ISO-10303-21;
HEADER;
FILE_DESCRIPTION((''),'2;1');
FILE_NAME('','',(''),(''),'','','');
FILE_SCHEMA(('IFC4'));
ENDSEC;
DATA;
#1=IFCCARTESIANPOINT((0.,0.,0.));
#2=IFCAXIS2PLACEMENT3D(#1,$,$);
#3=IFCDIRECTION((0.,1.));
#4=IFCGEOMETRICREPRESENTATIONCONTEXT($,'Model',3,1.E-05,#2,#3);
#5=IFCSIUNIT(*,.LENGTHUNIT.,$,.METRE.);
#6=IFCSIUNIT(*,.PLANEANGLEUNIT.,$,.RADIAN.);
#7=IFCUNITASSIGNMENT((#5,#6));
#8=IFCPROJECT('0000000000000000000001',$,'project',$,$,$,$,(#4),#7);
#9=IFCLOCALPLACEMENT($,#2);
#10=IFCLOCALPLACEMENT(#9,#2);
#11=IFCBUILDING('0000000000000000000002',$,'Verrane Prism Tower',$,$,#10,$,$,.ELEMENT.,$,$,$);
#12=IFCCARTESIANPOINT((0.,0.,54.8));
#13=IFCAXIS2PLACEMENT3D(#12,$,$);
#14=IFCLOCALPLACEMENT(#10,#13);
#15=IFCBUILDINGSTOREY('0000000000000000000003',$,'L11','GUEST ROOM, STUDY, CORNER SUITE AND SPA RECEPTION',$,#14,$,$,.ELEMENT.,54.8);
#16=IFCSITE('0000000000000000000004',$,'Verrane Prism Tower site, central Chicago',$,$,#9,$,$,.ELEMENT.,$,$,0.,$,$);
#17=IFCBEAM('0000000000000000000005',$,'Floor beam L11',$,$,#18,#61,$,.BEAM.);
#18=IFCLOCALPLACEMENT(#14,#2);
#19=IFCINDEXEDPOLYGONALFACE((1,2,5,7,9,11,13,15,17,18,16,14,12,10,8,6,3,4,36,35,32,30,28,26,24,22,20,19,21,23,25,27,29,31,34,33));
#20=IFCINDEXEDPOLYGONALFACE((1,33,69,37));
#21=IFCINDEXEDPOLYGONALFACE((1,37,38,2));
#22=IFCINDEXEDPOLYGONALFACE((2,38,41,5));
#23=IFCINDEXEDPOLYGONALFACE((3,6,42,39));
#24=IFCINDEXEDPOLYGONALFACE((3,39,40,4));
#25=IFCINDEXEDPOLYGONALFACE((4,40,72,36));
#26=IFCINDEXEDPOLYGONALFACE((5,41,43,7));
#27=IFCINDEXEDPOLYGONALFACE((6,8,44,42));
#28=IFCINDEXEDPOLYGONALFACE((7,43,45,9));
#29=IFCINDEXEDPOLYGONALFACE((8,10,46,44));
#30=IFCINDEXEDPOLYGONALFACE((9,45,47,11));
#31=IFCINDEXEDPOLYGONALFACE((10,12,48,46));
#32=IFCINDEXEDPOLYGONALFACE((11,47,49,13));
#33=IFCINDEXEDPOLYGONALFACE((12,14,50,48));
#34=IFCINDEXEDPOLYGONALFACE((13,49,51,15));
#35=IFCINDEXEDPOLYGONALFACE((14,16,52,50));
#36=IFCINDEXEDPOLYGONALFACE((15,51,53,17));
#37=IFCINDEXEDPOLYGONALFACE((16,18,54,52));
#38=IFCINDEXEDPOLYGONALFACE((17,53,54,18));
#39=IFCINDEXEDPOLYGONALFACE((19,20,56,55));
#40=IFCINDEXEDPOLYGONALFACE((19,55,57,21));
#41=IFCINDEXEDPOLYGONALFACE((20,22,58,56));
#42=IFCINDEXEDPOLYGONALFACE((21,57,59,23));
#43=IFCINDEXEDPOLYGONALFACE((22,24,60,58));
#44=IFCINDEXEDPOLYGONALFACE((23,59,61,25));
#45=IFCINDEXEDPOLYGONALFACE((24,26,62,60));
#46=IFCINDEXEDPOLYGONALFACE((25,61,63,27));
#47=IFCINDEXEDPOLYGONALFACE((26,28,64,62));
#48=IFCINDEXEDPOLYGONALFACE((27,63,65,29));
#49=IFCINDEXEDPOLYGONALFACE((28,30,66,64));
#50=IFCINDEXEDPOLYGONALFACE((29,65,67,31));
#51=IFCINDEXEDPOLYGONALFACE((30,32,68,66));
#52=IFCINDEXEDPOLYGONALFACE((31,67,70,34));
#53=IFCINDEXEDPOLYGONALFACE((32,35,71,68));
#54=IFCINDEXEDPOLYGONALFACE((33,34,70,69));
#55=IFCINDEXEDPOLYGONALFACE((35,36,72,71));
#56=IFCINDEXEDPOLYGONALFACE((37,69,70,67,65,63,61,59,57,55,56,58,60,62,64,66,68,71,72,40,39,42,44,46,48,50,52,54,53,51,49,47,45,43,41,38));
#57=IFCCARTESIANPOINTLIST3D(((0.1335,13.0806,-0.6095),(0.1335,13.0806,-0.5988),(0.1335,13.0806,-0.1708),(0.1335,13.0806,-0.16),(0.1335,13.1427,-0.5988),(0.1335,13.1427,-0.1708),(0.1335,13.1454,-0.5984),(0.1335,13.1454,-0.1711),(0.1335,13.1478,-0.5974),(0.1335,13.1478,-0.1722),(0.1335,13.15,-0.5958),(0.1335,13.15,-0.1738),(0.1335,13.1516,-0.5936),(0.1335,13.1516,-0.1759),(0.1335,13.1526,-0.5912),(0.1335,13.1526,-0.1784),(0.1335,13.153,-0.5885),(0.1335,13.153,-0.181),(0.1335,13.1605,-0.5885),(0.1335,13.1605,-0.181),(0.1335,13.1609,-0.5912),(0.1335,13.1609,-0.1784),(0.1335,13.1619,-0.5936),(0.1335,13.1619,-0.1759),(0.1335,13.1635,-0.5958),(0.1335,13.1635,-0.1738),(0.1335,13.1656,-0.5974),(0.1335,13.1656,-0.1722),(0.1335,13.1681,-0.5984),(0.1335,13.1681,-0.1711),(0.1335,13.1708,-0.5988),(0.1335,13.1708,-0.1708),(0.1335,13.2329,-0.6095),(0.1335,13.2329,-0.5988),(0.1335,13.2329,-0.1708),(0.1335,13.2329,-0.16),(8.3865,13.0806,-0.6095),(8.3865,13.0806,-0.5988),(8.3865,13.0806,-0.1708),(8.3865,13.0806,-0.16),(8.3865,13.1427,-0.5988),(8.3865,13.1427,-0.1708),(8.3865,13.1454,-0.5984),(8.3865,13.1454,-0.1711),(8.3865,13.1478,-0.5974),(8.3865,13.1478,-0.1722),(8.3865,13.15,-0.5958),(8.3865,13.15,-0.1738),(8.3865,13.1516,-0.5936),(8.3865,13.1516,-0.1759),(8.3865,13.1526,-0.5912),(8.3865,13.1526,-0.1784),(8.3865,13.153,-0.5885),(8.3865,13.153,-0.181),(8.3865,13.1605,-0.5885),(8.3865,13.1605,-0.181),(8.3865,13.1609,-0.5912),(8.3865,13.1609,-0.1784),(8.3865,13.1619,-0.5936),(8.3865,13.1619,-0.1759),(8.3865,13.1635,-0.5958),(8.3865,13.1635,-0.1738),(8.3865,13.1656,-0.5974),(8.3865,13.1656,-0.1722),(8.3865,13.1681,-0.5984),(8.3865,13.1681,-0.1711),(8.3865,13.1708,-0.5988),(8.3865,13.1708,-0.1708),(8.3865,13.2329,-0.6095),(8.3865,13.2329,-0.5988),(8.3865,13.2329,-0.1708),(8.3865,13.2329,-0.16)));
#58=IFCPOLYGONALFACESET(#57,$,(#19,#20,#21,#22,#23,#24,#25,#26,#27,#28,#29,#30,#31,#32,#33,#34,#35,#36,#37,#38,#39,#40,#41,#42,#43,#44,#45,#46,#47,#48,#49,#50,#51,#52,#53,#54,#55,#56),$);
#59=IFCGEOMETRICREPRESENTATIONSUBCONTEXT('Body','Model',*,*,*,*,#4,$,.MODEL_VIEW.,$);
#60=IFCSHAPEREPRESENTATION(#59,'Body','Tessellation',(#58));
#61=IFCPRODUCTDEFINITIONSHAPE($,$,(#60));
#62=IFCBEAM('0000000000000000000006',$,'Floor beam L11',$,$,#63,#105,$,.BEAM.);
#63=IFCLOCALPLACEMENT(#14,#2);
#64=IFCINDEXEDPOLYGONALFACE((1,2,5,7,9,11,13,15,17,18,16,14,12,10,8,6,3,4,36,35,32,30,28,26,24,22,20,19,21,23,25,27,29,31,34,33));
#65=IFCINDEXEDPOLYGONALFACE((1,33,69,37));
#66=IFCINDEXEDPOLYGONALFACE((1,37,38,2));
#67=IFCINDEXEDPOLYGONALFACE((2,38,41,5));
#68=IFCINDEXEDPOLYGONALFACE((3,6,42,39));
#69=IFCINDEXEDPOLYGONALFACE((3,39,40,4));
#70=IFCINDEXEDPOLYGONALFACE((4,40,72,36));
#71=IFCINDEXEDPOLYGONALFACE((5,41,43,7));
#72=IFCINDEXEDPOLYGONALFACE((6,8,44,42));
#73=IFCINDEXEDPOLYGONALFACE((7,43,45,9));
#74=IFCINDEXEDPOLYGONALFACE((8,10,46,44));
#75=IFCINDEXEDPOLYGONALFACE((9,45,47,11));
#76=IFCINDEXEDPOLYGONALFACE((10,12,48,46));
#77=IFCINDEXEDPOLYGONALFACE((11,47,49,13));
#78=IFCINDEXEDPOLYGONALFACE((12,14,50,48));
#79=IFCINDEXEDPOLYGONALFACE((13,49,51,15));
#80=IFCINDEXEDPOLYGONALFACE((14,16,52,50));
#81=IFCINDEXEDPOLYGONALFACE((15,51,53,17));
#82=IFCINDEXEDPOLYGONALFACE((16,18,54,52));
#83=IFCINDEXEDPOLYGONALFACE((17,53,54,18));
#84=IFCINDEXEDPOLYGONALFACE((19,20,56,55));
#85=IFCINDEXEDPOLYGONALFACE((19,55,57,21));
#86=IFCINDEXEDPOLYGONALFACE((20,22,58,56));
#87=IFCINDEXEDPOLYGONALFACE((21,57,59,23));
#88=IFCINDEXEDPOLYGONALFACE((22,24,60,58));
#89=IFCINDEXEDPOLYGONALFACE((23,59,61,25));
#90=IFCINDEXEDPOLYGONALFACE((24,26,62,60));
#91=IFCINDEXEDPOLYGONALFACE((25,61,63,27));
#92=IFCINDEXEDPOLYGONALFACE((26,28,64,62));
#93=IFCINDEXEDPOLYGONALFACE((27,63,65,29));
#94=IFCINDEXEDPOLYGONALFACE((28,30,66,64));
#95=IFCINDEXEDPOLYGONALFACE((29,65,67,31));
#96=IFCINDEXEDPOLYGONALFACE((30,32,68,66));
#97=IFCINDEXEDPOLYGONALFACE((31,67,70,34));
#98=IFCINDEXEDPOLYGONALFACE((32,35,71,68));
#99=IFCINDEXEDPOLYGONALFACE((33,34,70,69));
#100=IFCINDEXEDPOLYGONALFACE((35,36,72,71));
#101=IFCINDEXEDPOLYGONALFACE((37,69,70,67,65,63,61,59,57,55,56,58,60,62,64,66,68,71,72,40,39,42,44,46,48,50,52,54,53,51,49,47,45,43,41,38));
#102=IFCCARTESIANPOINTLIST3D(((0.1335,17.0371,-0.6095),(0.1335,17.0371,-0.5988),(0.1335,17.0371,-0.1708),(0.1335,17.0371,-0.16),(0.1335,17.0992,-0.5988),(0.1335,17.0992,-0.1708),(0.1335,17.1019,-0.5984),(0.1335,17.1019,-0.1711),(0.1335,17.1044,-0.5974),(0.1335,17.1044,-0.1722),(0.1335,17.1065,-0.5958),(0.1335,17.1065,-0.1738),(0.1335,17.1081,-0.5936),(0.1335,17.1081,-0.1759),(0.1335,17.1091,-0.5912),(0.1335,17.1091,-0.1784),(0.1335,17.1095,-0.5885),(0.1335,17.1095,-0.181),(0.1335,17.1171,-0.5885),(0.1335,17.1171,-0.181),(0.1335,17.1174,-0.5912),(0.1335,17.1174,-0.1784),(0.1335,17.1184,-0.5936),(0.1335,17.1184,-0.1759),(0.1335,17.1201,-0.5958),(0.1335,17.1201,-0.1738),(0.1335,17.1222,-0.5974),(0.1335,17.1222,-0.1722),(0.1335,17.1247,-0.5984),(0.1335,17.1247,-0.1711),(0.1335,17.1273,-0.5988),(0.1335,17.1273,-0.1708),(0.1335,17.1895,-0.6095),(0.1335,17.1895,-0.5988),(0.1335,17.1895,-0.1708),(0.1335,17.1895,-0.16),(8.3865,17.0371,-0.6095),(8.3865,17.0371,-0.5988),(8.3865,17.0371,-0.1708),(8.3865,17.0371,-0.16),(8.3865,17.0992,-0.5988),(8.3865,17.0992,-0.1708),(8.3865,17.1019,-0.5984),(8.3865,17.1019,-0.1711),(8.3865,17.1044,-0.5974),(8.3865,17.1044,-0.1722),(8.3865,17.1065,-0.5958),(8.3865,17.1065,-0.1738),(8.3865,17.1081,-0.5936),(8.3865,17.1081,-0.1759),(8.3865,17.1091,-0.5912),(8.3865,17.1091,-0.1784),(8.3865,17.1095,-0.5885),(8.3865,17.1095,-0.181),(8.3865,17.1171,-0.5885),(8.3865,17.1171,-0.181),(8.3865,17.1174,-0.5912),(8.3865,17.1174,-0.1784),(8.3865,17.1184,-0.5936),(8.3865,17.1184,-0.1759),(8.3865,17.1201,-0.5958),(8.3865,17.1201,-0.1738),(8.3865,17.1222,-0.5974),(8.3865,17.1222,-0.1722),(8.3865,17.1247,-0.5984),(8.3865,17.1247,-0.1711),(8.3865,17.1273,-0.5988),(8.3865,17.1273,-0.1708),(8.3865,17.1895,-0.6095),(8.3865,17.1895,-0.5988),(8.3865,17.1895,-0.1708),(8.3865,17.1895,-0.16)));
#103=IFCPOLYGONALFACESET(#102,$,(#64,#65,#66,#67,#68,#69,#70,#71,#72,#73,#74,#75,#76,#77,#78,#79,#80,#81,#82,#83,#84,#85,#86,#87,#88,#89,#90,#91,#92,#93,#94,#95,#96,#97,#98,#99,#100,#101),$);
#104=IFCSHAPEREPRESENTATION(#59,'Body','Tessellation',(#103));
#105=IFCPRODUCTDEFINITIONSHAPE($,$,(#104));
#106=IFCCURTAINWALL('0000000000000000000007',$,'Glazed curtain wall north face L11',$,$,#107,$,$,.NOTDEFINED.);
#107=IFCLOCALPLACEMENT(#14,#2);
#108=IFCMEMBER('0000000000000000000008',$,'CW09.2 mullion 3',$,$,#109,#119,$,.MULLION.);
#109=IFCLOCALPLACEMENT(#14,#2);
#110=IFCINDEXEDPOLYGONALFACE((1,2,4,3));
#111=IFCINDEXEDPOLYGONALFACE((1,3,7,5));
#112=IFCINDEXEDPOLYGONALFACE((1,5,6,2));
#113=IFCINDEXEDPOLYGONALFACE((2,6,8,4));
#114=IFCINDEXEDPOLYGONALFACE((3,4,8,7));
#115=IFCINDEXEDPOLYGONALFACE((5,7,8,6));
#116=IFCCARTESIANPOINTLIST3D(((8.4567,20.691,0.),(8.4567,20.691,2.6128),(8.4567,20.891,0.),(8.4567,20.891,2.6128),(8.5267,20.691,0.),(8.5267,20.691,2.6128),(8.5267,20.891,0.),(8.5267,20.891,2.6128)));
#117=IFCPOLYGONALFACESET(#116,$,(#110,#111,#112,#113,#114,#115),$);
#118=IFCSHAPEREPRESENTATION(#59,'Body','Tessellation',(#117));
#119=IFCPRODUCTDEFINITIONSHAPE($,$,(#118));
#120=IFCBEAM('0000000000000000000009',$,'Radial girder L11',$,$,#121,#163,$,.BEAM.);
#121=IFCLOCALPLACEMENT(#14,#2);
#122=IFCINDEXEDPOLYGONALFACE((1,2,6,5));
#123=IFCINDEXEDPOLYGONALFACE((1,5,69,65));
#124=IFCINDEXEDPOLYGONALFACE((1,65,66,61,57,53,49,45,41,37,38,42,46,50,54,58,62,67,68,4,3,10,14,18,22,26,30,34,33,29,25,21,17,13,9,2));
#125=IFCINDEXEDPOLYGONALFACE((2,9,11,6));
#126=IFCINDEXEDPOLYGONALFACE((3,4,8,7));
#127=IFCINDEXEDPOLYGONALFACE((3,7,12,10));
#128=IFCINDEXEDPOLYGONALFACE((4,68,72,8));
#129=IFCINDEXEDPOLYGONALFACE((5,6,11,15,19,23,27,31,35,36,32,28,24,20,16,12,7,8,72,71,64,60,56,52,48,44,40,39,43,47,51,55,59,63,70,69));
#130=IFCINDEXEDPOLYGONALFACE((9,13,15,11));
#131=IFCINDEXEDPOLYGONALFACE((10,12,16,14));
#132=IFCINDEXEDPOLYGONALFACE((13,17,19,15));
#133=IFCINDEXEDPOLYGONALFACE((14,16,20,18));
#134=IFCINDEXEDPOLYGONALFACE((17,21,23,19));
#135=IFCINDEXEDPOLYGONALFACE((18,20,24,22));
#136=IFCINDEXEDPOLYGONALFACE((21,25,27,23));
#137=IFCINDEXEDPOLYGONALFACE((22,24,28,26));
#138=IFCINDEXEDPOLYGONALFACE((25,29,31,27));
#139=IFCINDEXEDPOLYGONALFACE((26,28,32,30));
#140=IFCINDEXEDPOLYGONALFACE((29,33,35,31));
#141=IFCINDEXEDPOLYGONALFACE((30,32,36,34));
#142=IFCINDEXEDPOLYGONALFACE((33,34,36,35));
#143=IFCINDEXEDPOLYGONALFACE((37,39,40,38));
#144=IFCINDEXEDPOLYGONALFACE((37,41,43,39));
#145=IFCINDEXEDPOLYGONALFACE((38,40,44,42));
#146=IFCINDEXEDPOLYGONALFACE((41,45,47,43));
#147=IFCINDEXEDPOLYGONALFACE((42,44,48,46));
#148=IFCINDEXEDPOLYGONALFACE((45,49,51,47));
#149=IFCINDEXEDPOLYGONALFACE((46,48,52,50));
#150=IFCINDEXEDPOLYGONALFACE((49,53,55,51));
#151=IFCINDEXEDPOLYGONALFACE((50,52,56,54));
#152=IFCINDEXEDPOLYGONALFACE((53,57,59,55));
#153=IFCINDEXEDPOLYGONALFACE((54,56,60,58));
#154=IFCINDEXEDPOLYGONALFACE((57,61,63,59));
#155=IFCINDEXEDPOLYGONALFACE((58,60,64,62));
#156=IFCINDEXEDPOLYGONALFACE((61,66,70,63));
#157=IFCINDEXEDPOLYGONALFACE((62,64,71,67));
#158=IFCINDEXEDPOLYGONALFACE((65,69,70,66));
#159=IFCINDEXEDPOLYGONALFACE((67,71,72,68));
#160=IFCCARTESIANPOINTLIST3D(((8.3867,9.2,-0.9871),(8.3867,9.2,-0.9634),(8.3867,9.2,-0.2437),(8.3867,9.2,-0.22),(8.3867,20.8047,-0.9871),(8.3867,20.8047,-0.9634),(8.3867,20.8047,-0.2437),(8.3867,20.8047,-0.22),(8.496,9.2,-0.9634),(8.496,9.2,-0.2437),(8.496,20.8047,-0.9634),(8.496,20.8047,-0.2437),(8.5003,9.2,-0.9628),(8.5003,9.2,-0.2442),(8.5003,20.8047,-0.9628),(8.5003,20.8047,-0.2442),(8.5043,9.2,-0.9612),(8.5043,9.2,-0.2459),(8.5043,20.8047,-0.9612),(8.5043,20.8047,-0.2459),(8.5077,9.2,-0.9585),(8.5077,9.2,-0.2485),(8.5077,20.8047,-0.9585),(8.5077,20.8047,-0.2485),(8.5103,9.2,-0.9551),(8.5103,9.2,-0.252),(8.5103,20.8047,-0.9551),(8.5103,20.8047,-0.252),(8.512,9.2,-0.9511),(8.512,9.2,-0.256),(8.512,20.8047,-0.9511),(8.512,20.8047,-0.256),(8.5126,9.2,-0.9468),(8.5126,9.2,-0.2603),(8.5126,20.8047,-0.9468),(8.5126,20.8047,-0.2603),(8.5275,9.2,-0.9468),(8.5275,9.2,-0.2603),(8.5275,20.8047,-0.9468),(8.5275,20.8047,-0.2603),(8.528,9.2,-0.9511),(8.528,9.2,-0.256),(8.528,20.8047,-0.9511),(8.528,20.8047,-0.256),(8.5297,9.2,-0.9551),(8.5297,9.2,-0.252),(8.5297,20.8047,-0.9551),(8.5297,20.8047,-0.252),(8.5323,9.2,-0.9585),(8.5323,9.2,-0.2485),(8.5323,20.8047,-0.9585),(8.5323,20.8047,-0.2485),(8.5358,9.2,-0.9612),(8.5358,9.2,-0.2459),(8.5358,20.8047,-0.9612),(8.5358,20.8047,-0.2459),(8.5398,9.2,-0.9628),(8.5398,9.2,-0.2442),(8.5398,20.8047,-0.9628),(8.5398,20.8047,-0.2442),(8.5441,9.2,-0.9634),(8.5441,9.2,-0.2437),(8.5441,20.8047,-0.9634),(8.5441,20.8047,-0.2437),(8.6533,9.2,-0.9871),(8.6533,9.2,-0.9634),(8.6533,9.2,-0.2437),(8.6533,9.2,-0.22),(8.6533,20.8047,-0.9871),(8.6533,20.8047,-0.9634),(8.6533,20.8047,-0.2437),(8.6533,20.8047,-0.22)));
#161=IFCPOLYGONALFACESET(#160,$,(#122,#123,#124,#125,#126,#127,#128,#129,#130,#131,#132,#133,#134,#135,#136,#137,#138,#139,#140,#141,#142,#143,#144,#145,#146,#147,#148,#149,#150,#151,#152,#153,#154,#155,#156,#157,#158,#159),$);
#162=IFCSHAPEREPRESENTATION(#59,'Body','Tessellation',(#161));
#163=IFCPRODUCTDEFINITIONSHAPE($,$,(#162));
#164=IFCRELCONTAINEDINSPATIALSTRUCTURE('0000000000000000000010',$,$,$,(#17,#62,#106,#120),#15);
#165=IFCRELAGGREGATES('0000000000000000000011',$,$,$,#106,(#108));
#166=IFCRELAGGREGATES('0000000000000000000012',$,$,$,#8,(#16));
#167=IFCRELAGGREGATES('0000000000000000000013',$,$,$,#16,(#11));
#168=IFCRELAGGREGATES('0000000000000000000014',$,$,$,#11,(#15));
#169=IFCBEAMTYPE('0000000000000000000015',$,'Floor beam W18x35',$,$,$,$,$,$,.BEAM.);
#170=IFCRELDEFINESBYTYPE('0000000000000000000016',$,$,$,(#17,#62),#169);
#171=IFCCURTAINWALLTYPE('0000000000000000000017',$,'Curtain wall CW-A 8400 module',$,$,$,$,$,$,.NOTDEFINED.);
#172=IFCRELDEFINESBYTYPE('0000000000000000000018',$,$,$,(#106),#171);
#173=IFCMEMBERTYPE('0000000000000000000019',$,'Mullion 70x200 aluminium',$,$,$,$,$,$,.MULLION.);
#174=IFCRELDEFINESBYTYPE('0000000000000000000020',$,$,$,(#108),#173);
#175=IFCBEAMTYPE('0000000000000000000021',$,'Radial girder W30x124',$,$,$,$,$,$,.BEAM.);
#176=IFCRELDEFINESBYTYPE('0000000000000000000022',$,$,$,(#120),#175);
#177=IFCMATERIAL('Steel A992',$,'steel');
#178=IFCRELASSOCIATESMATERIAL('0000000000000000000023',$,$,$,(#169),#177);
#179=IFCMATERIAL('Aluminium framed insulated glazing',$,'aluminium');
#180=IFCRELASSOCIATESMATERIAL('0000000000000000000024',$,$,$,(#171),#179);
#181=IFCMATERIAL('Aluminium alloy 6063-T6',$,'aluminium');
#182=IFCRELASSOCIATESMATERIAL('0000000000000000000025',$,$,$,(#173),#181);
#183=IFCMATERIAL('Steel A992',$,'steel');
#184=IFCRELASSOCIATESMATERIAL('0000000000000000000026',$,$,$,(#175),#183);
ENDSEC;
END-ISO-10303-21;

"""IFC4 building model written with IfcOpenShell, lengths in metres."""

from ifc_helpers import new_model, si_unit, direction, frame, origin, origin_2d, place, context, subcontext, project, spatial, rectangle, i_section, extrude, material, material_profile, profile_set, type_object, element, aggregate, save


model = new_model("IFC4")

# Units and contexts
model_context = context("Model", 3, precision=1e-05, world=origin(), true_north=direction((0.0, 1.0)))
body_context = subcontext(model_context, "Body", "Model", "MODEL_VIEW")
ifc_project = project(units=[si_unit("LENGTHUNIT", "METRE"), si_unit("PLANEANGLEUNIT", "RADIAN")], contexts=[model_context])

# Site, building, storey
site_placement = place(None, origin())
site = spatial("IfcSite", under=ifc_project, at=site_placement, Name="Verrane Prism Tower site, central Chicago", CompositionType="ELEMENT", RefElevation=0.0)
building_placement = place(site_placement, origin())
building = spatial("IfcBuilding", under=site, at=building_placement, Name="Verrane Prism Tower", CompositionType="ELEMENT")
storey_placement = place(building_placement, frame((0.0, 0.0, 54.8)))
storey = spatial("IfcBuildingStorey", under=building, at=storey_placement, Name="L11", Description="GUEST ROOM, STUDY, CORNER SUITE AND SPA RECEPTION", CompositionType="ELEMENT", Elevation=54.8)

# Beams
ifc_material_1 = material(Name="Steel A992", Category="steel")
ifc_material_profile_1 = material_profile(ifc_material_1, i_section(OverallWidth=0.1523, OverallDepth=0.4495, WebThickness=0.0076, FlangeThickness=0.0107, FilletRadius=0.0103, at=origin_2d()), Name="W18x35")
ifc_profile_set_1 = profile_set([ifc_material_profile_1], Name="Steel A992")
beam_type_1 = type_object("IfcBeamType", Name="Floor beam W18x35", PredefinedType="BEAM", material=ifc_profile_set_1)
for number, where, z_axis, x_axis, name in (
    (1, (0.1335, 13.1567, -0.3848), (1.0, 0.0, 0.0), (0.0, 1.0, 0.0), "Floor beam L11"),
    (2, (0.1335, 17.1133, -0.3848), (1.0, 0.0, 0.0), (0.0, 1.0, 0.0), "Floor beam L11"),
):
    element("IfcBeam", number, at=place(storey_placement, frame(where, z_axis=z_axis, x_axis=x_axis)), inside=storey, type_object=beam_type_1, Name=name, PredefinedType="BEAM", context=body_context, shape_type="SweptSolid", body=[
        extrude(i_section(OverallWidth=0.1523, OverallDepth=0.4495, WebThickness=0.0076, FlangeThickness=0.0107, FilletRadius=0.0103, at=origin_2d()), origin(), (0.0, 0.0, 1.0), 8.2529),
    ])

# Curtain wall, member
ifc_material_2 = material(Name="Aluminium framed insulated glazing", Category="aluminium")
curtain_wall_type = type_object("IfcCurtainWallType", Name="Curtain wall CW-A 8400 module", PredefinedType="NOTDEFINED", material=ifc_material_2)
curtain_wall_placement = place(storey_placement, origin())
curtain_wall = element("IfcCurtainWall", 3, at=curtain_wall_placement, inside=storey, type_object=curtain_wall_type, Name="Glazed curtain wall north face L11", PredefinedType="NOTDEFINED")
ifc_material_3 = material(Name="Aluminium alloy 6063-T6", Category="aluminium")
ifc_material_profile_2 = material_profile(ifc_material_3, rectangle(XDim=0.2, YDim=0.0701, at=origin_2d()), Name="Mullion 70x200 aluminium")
ifc_profile_set_2 = profile_set([ifc_material_profile_2], Name="Aluminium alloy 6063-T6")
member_type_1 = type_object("IfcMemberType", Name="Mullion 70x200 aluminium", PredefinedType="MULLION", material=ifc_profile_set_2)
member_1_placement = place(storey_placement, frame((8.4917, 20.791, 0.0), z_axis=(0.0, 0.0, 1.0), x_axis=(0.0, -1.0, 0.0)))
member_1 = element("IfcMember", 4, at=member_1_placement, type_object=member_type_1, Name="CW09.2 mullion 3", PredefinedType="MULLION", context=body_context, shape_type="SweptSolid", body=[
    extrude(rectangle(XDim=0.2, YDim=0.0701, at=origin_2d()), origin(), (0.0, 0.0, 1.0), 2.6128),
])

# Beam
ifc_material_4 = material(Name="Steel A992", Category="steel")
ifc_material_profile_3 = material_profile(ifc_material_4, i_section(OverallWidth=0.2666, OverallDepth=0.7671, WebThickness=0.0149, FlangeThickness=0.0237, FilletRadius=0.0166, at=origin_2d()), Name="W30x124")
ifc_profile_set_3 = profile_set([ifc_material_profile_3], Name="Steel A992")
beam_type_2 = type_object("IfcBeamType", Name="Radial girder W30x124", PredefinedType="BEAM", material=ifc_profile_set_3)
beam_1_placement = place(storey_placement, frame((8.52, 20.8047, -0.6035), z_axis=(0.0, -1.0, 0.0), x_axis=(1.0, 0.0, 0.0)))
element("IfcBeam", 5, at=beam_1_placement, inside=storey, type_object=beam_type_2, Name="Radial girder L11", PredefinedType="BEAM", context=body_context, shape_type="SweptSolid", body=[
    extrude(i_section(OverallWidth=0.2666, OverallDepth=0.7671, WebThickness=0.0149, FlangeThickness=0.0237, FilletRadius=0.0166, at=origin_2d()), origin(), (0.0, 0.0, 1.0), 11.6047),
])

aggregate(curtain_wall, [member_1])

save(model, "model.ifc")
